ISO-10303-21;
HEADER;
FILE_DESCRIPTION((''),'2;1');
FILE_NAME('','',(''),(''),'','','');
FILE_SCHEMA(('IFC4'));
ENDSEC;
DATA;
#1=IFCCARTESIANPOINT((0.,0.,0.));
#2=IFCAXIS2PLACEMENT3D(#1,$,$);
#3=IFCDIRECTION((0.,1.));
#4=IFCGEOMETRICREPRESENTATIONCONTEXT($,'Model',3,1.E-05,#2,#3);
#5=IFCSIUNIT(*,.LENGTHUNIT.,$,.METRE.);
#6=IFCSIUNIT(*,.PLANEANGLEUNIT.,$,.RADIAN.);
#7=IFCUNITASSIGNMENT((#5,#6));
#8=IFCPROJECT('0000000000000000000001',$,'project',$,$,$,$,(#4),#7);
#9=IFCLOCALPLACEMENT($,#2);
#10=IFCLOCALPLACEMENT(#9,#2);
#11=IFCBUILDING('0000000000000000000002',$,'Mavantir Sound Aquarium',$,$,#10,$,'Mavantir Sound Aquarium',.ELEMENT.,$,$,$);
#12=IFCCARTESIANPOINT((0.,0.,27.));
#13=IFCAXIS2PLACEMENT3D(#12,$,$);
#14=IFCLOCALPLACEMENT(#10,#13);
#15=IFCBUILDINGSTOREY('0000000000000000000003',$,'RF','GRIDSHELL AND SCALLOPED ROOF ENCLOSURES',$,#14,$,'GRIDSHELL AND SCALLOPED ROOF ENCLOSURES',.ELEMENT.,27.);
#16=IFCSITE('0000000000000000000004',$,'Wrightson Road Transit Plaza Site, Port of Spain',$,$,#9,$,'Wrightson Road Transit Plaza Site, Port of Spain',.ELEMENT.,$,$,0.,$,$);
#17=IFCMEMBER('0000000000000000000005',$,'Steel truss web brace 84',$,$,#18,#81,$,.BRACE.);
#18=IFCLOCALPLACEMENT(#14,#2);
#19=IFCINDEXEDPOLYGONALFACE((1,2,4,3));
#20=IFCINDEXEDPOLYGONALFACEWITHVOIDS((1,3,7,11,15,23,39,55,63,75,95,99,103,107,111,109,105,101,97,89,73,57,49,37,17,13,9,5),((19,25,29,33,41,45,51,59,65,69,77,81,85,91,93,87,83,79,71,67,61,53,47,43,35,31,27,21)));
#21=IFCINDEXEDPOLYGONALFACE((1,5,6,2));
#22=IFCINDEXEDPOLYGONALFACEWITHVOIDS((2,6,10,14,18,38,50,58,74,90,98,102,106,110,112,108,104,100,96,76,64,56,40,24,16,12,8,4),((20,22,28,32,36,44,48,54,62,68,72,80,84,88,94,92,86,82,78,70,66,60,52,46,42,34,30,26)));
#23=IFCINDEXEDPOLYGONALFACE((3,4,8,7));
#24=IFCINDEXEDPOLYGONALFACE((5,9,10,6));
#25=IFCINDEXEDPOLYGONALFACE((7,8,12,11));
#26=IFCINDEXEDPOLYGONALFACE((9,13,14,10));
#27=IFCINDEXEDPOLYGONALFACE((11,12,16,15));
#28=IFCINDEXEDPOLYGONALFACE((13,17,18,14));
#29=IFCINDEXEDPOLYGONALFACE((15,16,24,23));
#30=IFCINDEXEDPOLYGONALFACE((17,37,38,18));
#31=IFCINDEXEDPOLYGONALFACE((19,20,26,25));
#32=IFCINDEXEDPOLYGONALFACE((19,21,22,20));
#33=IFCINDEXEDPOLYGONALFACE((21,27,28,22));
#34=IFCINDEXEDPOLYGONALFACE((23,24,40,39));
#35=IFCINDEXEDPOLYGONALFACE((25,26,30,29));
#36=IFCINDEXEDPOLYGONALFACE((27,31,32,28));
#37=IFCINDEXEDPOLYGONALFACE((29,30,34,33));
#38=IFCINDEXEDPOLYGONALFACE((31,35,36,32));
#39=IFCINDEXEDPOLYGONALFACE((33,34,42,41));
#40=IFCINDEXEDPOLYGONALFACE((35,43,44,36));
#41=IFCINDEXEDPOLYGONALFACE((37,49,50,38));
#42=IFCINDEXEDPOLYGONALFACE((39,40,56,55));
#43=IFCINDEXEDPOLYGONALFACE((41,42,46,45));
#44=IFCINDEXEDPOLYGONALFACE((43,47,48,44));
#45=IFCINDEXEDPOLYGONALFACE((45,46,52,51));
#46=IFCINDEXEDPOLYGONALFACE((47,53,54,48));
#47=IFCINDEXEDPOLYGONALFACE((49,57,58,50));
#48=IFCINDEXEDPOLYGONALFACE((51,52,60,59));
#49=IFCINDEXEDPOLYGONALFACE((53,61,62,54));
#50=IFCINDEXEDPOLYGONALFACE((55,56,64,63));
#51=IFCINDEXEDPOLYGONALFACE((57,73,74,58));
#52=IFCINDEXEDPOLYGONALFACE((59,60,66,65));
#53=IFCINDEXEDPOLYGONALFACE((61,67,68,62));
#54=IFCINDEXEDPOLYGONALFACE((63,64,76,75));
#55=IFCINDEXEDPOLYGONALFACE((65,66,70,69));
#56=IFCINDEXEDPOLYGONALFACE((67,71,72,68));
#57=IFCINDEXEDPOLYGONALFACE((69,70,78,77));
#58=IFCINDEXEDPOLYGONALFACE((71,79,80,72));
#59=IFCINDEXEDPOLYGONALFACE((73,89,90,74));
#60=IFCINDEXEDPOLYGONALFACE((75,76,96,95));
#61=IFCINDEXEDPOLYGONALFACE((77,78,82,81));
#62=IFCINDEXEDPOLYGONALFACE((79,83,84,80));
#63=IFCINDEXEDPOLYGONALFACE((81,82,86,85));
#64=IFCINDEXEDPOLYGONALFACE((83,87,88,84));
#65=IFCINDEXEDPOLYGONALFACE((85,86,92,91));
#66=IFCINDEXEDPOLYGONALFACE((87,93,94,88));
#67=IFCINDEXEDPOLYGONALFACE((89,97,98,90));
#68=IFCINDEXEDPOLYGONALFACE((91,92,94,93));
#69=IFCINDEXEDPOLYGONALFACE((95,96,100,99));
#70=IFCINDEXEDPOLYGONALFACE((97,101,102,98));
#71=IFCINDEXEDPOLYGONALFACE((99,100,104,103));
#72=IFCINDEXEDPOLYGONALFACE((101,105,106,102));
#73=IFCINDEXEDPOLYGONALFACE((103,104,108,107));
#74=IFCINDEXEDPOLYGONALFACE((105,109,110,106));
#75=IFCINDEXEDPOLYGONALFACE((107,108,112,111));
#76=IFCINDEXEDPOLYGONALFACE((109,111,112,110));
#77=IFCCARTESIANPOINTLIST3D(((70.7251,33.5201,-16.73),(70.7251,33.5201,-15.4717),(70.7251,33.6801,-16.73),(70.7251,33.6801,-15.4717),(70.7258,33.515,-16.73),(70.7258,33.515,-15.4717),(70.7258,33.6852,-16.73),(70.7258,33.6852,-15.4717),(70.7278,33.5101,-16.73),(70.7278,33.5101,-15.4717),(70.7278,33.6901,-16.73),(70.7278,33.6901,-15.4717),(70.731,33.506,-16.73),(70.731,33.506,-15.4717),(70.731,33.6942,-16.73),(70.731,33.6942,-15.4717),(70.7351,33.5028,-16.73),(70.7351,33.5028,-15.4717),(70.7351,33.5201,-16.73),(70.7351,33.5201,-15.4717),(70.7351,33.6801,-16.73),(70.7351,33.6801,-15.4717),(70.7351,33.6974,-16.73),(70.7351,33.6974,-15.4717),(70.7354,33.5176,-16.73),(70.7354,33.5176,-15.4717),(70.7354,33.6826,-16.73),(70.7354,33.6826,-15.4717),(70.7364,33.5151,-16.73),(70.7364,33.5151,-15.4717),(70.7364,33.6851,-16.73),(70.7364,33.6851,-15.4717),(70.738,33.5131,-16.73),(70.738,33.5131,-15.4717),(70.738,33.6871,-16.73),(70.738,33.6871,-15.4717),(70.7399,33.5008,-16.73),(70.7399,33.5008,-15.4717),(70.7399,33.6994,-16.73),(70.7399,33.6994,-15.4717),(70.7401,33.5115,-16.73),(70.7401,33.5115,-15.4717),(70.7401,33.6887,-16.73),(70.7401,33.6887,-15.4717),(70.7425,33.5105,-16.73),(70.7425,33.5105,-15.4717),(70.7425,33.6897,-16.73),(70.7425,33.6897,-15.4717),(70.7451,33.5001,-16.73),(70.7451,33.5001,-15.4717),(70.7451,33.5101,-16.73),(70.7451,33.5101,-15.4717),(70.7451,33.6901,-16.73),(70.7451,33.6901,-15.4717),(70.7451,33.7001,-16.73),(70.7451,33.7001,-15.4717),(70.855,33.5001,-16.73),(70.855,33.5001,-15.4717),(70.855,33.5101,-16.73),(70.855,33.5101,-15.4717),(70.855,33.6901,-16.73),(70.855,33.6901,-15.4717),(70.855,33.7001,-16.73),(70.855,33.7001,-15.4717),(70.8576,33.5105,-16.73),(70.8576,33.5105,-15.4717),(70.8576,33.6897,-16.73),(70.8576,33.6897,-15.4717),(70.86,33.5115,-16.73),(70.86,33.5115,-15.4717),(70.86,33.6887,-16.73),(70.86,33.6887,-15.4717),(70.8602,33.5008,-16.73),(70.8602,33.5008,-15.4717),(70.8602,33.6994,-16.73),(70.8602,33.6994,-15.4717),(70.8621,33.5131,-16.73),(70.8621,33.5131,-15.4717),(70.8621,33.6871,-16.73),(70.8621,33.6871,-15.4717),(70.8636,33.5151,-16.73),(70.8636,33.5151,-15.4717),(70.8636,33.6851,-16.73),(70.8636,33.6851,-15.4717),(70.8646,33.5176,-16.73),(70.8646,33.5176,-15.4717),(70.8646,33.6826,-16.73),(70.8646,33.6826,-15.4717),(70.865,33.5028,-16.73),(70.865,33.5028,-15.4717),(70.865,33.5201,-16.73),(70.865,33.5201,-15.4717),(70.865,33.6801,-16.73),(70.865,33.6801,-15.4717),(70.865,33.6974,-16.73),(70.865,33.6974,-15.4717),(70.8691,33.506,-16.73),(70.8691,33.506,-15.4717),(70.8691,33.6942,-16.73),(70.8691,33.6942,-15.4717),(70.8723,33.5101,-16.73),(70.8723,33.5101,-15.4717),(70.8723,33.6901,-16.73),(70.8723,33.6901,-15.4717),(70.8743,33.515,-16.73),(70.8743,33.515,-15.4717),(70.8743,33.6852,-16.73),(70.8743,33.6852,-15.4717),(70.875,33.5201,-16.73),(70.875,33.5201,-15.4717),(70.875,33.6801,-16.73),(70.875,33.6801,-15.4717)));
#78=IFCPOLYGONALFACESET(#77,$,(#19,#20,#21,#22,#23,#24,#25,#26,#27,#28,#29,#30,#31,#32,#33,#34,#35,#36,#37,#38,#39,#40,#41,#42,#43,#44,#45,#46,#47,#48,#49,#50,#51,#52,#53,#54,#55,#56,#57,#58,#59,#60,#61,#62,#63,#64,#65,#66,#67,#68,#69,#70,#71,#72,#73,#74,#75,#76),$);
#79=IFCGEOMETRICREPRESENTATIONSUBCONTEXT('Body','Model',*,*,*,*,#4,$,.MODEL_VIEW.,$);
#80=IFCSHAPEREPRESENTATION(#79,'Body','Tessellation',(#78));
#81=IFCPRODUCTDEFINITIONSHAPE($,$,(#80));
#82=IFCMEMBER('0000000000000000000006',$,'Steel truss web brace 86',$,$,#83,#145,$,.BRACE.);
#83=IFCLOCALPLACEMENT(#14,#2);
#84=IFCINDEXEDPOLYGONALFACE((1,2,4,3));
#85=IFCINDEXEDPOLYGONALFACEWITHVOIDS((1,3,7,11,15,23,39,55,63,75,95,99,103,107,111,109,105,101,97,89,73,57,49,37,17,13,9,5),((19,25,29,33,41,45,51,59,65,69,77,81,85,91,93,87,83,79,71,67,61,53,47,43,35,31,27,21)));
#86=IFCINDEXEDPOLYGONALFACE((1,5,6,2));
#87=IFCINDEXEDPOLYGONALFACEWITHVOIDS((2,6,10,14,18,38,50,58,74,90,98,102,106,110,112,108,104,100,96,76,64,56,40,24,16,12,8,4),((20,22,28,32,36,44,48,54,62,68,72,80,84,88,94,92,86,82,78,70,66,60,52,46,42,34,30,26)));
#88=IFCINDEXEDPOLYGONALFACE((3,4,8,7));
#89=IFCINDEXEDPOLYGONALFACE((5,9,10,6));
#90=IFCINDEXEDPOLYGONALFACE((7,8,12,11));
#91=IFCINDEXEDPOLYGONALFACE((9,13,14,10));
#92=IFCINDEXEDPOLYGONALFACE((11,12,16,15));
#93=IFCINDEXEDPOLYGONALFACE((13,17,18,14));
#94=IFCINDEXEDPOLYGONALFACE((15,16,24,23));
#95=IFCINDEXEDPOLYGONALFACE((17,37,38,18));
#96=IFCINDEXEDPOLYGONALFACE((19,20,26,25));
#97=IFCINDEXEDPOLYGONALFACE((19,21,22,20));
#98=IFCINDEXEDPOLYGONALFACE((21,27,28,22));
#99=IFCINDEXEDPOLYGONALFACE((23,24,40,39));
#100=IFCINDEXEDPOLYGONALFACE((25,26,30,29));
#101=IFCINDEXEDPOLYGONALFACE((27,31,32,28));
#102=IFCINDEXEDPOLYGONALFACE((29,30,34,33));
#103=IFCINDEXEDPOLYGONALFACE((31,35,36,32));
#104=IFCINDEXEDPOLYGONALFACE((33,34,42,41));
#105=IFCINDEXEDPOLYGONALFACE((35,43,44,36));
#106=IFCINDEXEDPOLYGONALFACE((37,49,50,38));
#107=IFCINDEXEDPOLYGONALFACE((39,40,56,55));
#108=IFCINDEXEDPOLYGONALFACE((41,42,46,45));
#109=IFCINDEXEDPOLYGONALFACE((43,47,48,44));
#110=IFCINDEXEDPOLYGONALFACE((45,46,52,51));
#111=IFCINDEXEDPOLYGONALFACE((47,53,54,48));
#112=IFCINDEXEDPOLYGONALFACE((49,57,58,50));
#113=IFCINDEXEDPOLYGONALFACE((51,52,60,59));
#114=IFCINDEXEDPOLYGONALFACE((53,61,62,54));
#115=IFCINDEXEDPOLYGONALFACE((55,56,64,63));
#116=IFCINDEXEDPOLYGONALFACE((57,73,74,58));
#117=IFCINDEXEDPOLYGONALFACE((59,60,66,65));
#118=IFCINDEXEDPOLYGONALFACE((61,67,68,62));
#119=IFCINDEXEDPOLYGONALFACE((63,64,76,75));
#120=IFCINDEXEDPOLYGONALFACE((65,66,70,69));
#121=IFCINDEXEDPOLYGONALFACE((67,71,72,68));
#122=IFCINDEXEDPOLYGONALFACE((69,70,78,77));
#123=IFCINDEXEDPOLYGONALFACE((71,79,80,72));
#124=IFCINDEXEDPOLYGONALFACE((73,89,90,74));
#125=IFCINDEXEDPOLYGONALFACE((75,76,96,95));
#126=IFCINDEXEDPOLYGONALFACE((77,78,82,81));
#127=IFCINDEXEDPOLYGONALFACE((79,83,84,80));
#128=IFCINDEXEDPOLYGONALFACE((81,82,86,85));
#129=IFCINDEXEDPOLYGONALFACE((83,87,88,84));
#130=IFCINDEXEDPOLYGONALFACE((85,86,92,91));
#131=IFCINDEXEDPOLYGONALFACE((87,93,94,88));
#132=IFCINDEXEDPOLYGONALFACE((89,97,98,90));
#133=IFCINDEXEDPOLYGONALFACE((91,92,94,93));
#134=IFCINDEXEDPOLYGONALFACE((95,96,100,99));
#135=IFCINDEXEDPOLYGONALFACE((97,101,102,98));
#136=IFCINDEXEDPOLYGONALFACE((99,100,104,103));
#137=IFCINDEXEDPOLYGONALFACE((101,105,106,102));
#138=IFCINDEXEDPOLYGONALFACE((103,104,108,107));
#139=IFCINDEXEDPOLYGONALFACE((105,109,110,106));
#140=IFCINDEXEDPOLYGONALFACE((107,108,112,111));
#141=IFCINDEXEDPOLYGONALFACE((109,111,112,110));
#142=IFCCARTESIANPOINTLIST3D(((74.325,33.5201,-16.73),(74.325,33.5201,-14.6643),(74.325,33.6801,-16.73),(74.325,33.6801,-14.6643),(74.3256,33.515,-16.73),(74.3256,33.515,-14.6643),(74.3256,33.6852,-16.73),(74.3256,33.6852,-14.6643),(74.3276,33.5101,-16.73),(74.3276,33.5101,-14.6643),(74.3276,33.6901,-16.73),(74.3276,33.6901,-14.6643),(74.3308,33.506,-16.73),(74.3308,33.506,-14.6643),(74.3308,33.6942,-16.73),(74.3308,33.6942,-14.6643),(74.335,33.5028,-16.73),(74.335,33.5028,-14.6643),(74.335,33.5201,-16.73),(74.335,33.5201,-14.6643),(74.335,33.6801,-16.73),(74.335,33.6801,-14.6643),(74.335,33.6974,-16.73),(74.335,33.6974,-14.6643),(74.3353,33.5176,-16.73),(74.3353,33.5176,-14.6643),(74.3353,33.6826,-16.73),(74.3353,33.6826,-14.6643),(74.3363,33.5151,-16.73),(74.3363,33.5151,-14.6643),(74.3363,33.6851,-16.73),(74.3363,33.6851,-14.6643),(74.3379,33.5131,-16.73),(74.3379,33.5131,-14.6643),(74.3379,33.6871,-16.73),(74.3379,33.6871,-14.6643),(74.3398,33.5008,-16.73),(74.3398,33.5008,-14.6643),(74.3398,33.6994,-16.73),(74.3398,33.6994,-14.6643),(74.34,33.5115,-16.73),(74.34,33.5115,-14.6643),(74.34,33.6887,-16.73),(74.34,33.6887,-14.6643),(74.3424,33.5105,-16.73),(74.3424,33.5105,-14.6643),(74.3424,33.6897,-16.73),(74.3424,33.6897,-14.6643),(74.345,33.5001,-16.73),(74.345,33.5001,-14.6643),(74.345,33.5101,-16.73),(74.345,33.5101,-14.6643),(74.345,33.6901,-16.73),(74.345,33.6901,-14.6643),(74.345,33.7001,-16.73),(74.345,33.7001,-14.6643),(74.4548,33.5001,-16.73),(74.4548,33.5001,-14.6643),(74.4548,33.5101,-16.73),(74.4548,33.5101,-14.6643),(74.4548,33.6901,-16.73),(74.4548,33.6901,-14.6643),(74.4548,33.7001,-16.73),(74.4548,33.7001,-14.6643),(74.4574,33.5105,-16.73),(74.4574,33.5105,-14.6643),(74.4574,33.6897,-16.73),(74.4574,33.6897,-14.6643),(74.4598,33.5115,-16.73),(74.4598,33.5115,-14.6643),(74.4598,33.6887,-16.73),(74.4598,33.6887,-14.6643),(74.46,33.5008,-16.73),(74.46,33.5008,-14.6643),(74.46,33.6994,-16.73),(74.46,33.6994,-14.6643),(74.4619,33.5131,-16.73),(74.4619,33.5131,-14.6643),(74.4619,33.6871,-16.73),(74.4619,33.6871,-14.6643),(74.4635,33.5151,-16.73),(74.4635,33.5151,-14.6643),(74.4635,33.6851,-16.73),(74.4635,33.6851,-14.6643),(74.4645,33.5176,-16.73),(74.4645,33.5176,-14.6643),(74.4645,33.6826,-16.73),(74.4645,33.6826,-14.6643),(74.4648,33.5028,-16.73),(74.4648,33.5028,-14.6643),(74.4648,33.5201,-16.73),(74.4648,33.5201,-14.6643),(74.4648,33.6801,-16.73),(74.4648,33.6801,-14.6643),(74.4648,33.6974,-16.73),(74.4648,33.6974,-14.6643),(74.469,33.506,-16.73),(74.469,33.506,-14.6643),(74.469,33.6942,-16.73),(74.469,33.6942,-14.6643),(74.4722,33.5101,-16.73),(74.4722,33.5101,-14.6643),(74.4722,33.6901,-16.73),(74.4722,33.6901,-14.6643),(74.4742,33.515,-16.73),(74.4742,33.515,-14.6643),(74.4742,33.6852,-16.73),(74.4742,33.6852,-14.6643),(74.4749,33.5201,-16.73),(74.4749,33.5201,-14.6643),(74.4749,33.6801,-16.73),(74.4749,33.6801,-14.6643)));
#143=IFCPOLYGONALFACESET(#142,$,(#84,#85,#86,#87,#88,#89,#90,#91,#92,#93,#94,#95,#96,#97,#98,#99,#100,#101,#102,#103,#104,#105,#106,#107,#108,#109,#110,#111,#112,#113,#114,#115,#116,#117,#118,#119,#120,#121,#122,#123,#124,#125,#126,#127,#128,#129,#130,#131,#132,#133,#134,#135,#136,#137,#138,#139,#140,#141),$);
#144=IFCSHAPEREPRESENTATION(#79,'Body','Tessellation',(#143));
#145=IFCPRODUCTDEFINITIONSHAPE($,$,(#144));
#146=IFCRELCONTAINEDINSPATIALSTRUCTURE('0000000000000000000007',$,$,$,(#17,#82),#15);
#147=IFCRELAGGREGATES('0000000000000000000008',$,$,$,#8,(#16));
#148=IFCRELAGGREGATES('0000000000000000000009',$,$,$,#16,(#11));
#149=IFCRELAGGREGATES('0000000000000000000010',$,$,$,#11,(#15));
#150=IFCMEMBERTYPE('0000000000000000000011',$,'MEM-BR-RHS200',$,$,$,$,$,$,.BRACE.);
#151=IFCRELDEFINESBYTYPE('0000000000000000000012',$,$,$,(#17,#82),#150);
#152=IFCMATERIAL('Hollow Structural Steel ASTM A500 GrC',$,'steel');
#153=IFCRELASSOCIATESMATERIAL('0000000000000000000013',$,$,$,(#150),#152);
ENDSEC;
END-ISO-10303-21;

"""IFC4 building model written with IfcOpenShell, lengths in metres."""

from ifc_helpers import new_model, si_unit, direction, frame, origin, origin_2d, place, context, subcontext, project, spatial, hollow_rectangle, extrude, material, material_profile, profile_set, type_object, element, save


model = new_model("IFC4")

# Units and contexts
model_context = context("Model", 3, precision=1e-05, world=origin(), true_north=direction((0.0, 1.0)))
body_context = subcontext(model_context, "Body", "Model", "MODEL_VIEW")
ifc_project = project(units=[si_unit("LENGTHUNIT", "METRE"), si_unit("PLANEANGLEUNIT", "RADIAN")], contexts=[model_context])

# Site, building, storey
site_placement = place(None, origin())
site = spatial("IfcSite", under=ifc_project, at=site_placement, Name="Wrightson Road Transit Plaza Site, Port of Spain", LongName="Wrightson Road Transit Plaza Site, Port of Spain", CompositionType="ELEMENT", RefElevation=0.0)
building_placement = place(site_placement, origin())
building = spatial("IfcBuilding", under=site, at=building_placement, Name="Mavantir Sound Aquarium", LongName="Mavantir Sound Aquarium", CompositionType="ELEMENT")
storey_placement = place(building_placement, frame((0.0, 0.0, 27.0)))
storey = spatial("IfcBuildingStorey", under=building, at=storey_placement, Name="RF", Description="GRIDSHELL AND SCALLOPED ROOF ENCLOSURES", LongName="GRIDSHELL AND SCALLOPED ROOF ENCLOSURES", CompositionType="ELEMENT", Elevation=27.0)

# Shared definitions
ifc_material_1 = material(Name="Hollow Structural Steel ASTM A500 GrC", Category="steel")

# Members
ifc_material_profile_1 = material_profile(ifc_material_1, hollow_rectangle(XDim=0.1499, YDim=0.2, WallThickness=0.01, InnerFilletRadius=0.01, OuterFilletRadius=0.02, at=origin_2d()), Name="RHS 200X150X10")
ifc_profile_set_1 = profile_set([ifc_material_profile_1], Name="Hollow Structural Steel ASTM A500 GrC")
member_type_1 = type_object("IfcMemberType", Name="MEM-BR-RHS200", PredefinedType="BRACE", material=ifc_profile_set_1)
member_1_placement = place(storey_placement, frame((70.8, 33.6001, -16.73), z_axis=(0.0, 0.0, 1.0), x_axis=(1.0, 0.0, 0.0)))
element("IfcMember", 1, at=member_1_placement, inside=storey, type_object=member_type_1, Name="Steel truss web brace 84", PredefinedType="BRACE", context=body_context, shape_type="SweptSolid", body=[
    extrude(hollow_rectangle(XDim=0.1499, YDim=0.2, WallThickness=0.01, InnerFilletRadius=0.01, OuterFilletRadius=0.02, at=origin_2d()), origin(), (0.0, 0.0, 1.0), 1.2583),
])
member_2_placement = place(storey_placement, frame((74.3999, 33.6001, -16.73), z_axis=(0.0, 0.0, 1.0), x_axis=(1.0, 0.0, 0.0)))
element("IfcMember", 2, at=member_2_placement, inside=storey, type_object=member_type_1, Name="Steel truss web brace 86", PredefinedType="BRACE", context=body_context, shape_type="SweptSolid", body=[
    extrude(hollow_rectangle(XDim=0.1499, YDim=0.2, WallThickness=0.01, InnerFilletRadius=0.01, OuterFilletRadius=0.02, at=origin_2d()), origin(), (0.0, 0.0, 1.0), 2.0657),
])

save(model, "model.ifc")
